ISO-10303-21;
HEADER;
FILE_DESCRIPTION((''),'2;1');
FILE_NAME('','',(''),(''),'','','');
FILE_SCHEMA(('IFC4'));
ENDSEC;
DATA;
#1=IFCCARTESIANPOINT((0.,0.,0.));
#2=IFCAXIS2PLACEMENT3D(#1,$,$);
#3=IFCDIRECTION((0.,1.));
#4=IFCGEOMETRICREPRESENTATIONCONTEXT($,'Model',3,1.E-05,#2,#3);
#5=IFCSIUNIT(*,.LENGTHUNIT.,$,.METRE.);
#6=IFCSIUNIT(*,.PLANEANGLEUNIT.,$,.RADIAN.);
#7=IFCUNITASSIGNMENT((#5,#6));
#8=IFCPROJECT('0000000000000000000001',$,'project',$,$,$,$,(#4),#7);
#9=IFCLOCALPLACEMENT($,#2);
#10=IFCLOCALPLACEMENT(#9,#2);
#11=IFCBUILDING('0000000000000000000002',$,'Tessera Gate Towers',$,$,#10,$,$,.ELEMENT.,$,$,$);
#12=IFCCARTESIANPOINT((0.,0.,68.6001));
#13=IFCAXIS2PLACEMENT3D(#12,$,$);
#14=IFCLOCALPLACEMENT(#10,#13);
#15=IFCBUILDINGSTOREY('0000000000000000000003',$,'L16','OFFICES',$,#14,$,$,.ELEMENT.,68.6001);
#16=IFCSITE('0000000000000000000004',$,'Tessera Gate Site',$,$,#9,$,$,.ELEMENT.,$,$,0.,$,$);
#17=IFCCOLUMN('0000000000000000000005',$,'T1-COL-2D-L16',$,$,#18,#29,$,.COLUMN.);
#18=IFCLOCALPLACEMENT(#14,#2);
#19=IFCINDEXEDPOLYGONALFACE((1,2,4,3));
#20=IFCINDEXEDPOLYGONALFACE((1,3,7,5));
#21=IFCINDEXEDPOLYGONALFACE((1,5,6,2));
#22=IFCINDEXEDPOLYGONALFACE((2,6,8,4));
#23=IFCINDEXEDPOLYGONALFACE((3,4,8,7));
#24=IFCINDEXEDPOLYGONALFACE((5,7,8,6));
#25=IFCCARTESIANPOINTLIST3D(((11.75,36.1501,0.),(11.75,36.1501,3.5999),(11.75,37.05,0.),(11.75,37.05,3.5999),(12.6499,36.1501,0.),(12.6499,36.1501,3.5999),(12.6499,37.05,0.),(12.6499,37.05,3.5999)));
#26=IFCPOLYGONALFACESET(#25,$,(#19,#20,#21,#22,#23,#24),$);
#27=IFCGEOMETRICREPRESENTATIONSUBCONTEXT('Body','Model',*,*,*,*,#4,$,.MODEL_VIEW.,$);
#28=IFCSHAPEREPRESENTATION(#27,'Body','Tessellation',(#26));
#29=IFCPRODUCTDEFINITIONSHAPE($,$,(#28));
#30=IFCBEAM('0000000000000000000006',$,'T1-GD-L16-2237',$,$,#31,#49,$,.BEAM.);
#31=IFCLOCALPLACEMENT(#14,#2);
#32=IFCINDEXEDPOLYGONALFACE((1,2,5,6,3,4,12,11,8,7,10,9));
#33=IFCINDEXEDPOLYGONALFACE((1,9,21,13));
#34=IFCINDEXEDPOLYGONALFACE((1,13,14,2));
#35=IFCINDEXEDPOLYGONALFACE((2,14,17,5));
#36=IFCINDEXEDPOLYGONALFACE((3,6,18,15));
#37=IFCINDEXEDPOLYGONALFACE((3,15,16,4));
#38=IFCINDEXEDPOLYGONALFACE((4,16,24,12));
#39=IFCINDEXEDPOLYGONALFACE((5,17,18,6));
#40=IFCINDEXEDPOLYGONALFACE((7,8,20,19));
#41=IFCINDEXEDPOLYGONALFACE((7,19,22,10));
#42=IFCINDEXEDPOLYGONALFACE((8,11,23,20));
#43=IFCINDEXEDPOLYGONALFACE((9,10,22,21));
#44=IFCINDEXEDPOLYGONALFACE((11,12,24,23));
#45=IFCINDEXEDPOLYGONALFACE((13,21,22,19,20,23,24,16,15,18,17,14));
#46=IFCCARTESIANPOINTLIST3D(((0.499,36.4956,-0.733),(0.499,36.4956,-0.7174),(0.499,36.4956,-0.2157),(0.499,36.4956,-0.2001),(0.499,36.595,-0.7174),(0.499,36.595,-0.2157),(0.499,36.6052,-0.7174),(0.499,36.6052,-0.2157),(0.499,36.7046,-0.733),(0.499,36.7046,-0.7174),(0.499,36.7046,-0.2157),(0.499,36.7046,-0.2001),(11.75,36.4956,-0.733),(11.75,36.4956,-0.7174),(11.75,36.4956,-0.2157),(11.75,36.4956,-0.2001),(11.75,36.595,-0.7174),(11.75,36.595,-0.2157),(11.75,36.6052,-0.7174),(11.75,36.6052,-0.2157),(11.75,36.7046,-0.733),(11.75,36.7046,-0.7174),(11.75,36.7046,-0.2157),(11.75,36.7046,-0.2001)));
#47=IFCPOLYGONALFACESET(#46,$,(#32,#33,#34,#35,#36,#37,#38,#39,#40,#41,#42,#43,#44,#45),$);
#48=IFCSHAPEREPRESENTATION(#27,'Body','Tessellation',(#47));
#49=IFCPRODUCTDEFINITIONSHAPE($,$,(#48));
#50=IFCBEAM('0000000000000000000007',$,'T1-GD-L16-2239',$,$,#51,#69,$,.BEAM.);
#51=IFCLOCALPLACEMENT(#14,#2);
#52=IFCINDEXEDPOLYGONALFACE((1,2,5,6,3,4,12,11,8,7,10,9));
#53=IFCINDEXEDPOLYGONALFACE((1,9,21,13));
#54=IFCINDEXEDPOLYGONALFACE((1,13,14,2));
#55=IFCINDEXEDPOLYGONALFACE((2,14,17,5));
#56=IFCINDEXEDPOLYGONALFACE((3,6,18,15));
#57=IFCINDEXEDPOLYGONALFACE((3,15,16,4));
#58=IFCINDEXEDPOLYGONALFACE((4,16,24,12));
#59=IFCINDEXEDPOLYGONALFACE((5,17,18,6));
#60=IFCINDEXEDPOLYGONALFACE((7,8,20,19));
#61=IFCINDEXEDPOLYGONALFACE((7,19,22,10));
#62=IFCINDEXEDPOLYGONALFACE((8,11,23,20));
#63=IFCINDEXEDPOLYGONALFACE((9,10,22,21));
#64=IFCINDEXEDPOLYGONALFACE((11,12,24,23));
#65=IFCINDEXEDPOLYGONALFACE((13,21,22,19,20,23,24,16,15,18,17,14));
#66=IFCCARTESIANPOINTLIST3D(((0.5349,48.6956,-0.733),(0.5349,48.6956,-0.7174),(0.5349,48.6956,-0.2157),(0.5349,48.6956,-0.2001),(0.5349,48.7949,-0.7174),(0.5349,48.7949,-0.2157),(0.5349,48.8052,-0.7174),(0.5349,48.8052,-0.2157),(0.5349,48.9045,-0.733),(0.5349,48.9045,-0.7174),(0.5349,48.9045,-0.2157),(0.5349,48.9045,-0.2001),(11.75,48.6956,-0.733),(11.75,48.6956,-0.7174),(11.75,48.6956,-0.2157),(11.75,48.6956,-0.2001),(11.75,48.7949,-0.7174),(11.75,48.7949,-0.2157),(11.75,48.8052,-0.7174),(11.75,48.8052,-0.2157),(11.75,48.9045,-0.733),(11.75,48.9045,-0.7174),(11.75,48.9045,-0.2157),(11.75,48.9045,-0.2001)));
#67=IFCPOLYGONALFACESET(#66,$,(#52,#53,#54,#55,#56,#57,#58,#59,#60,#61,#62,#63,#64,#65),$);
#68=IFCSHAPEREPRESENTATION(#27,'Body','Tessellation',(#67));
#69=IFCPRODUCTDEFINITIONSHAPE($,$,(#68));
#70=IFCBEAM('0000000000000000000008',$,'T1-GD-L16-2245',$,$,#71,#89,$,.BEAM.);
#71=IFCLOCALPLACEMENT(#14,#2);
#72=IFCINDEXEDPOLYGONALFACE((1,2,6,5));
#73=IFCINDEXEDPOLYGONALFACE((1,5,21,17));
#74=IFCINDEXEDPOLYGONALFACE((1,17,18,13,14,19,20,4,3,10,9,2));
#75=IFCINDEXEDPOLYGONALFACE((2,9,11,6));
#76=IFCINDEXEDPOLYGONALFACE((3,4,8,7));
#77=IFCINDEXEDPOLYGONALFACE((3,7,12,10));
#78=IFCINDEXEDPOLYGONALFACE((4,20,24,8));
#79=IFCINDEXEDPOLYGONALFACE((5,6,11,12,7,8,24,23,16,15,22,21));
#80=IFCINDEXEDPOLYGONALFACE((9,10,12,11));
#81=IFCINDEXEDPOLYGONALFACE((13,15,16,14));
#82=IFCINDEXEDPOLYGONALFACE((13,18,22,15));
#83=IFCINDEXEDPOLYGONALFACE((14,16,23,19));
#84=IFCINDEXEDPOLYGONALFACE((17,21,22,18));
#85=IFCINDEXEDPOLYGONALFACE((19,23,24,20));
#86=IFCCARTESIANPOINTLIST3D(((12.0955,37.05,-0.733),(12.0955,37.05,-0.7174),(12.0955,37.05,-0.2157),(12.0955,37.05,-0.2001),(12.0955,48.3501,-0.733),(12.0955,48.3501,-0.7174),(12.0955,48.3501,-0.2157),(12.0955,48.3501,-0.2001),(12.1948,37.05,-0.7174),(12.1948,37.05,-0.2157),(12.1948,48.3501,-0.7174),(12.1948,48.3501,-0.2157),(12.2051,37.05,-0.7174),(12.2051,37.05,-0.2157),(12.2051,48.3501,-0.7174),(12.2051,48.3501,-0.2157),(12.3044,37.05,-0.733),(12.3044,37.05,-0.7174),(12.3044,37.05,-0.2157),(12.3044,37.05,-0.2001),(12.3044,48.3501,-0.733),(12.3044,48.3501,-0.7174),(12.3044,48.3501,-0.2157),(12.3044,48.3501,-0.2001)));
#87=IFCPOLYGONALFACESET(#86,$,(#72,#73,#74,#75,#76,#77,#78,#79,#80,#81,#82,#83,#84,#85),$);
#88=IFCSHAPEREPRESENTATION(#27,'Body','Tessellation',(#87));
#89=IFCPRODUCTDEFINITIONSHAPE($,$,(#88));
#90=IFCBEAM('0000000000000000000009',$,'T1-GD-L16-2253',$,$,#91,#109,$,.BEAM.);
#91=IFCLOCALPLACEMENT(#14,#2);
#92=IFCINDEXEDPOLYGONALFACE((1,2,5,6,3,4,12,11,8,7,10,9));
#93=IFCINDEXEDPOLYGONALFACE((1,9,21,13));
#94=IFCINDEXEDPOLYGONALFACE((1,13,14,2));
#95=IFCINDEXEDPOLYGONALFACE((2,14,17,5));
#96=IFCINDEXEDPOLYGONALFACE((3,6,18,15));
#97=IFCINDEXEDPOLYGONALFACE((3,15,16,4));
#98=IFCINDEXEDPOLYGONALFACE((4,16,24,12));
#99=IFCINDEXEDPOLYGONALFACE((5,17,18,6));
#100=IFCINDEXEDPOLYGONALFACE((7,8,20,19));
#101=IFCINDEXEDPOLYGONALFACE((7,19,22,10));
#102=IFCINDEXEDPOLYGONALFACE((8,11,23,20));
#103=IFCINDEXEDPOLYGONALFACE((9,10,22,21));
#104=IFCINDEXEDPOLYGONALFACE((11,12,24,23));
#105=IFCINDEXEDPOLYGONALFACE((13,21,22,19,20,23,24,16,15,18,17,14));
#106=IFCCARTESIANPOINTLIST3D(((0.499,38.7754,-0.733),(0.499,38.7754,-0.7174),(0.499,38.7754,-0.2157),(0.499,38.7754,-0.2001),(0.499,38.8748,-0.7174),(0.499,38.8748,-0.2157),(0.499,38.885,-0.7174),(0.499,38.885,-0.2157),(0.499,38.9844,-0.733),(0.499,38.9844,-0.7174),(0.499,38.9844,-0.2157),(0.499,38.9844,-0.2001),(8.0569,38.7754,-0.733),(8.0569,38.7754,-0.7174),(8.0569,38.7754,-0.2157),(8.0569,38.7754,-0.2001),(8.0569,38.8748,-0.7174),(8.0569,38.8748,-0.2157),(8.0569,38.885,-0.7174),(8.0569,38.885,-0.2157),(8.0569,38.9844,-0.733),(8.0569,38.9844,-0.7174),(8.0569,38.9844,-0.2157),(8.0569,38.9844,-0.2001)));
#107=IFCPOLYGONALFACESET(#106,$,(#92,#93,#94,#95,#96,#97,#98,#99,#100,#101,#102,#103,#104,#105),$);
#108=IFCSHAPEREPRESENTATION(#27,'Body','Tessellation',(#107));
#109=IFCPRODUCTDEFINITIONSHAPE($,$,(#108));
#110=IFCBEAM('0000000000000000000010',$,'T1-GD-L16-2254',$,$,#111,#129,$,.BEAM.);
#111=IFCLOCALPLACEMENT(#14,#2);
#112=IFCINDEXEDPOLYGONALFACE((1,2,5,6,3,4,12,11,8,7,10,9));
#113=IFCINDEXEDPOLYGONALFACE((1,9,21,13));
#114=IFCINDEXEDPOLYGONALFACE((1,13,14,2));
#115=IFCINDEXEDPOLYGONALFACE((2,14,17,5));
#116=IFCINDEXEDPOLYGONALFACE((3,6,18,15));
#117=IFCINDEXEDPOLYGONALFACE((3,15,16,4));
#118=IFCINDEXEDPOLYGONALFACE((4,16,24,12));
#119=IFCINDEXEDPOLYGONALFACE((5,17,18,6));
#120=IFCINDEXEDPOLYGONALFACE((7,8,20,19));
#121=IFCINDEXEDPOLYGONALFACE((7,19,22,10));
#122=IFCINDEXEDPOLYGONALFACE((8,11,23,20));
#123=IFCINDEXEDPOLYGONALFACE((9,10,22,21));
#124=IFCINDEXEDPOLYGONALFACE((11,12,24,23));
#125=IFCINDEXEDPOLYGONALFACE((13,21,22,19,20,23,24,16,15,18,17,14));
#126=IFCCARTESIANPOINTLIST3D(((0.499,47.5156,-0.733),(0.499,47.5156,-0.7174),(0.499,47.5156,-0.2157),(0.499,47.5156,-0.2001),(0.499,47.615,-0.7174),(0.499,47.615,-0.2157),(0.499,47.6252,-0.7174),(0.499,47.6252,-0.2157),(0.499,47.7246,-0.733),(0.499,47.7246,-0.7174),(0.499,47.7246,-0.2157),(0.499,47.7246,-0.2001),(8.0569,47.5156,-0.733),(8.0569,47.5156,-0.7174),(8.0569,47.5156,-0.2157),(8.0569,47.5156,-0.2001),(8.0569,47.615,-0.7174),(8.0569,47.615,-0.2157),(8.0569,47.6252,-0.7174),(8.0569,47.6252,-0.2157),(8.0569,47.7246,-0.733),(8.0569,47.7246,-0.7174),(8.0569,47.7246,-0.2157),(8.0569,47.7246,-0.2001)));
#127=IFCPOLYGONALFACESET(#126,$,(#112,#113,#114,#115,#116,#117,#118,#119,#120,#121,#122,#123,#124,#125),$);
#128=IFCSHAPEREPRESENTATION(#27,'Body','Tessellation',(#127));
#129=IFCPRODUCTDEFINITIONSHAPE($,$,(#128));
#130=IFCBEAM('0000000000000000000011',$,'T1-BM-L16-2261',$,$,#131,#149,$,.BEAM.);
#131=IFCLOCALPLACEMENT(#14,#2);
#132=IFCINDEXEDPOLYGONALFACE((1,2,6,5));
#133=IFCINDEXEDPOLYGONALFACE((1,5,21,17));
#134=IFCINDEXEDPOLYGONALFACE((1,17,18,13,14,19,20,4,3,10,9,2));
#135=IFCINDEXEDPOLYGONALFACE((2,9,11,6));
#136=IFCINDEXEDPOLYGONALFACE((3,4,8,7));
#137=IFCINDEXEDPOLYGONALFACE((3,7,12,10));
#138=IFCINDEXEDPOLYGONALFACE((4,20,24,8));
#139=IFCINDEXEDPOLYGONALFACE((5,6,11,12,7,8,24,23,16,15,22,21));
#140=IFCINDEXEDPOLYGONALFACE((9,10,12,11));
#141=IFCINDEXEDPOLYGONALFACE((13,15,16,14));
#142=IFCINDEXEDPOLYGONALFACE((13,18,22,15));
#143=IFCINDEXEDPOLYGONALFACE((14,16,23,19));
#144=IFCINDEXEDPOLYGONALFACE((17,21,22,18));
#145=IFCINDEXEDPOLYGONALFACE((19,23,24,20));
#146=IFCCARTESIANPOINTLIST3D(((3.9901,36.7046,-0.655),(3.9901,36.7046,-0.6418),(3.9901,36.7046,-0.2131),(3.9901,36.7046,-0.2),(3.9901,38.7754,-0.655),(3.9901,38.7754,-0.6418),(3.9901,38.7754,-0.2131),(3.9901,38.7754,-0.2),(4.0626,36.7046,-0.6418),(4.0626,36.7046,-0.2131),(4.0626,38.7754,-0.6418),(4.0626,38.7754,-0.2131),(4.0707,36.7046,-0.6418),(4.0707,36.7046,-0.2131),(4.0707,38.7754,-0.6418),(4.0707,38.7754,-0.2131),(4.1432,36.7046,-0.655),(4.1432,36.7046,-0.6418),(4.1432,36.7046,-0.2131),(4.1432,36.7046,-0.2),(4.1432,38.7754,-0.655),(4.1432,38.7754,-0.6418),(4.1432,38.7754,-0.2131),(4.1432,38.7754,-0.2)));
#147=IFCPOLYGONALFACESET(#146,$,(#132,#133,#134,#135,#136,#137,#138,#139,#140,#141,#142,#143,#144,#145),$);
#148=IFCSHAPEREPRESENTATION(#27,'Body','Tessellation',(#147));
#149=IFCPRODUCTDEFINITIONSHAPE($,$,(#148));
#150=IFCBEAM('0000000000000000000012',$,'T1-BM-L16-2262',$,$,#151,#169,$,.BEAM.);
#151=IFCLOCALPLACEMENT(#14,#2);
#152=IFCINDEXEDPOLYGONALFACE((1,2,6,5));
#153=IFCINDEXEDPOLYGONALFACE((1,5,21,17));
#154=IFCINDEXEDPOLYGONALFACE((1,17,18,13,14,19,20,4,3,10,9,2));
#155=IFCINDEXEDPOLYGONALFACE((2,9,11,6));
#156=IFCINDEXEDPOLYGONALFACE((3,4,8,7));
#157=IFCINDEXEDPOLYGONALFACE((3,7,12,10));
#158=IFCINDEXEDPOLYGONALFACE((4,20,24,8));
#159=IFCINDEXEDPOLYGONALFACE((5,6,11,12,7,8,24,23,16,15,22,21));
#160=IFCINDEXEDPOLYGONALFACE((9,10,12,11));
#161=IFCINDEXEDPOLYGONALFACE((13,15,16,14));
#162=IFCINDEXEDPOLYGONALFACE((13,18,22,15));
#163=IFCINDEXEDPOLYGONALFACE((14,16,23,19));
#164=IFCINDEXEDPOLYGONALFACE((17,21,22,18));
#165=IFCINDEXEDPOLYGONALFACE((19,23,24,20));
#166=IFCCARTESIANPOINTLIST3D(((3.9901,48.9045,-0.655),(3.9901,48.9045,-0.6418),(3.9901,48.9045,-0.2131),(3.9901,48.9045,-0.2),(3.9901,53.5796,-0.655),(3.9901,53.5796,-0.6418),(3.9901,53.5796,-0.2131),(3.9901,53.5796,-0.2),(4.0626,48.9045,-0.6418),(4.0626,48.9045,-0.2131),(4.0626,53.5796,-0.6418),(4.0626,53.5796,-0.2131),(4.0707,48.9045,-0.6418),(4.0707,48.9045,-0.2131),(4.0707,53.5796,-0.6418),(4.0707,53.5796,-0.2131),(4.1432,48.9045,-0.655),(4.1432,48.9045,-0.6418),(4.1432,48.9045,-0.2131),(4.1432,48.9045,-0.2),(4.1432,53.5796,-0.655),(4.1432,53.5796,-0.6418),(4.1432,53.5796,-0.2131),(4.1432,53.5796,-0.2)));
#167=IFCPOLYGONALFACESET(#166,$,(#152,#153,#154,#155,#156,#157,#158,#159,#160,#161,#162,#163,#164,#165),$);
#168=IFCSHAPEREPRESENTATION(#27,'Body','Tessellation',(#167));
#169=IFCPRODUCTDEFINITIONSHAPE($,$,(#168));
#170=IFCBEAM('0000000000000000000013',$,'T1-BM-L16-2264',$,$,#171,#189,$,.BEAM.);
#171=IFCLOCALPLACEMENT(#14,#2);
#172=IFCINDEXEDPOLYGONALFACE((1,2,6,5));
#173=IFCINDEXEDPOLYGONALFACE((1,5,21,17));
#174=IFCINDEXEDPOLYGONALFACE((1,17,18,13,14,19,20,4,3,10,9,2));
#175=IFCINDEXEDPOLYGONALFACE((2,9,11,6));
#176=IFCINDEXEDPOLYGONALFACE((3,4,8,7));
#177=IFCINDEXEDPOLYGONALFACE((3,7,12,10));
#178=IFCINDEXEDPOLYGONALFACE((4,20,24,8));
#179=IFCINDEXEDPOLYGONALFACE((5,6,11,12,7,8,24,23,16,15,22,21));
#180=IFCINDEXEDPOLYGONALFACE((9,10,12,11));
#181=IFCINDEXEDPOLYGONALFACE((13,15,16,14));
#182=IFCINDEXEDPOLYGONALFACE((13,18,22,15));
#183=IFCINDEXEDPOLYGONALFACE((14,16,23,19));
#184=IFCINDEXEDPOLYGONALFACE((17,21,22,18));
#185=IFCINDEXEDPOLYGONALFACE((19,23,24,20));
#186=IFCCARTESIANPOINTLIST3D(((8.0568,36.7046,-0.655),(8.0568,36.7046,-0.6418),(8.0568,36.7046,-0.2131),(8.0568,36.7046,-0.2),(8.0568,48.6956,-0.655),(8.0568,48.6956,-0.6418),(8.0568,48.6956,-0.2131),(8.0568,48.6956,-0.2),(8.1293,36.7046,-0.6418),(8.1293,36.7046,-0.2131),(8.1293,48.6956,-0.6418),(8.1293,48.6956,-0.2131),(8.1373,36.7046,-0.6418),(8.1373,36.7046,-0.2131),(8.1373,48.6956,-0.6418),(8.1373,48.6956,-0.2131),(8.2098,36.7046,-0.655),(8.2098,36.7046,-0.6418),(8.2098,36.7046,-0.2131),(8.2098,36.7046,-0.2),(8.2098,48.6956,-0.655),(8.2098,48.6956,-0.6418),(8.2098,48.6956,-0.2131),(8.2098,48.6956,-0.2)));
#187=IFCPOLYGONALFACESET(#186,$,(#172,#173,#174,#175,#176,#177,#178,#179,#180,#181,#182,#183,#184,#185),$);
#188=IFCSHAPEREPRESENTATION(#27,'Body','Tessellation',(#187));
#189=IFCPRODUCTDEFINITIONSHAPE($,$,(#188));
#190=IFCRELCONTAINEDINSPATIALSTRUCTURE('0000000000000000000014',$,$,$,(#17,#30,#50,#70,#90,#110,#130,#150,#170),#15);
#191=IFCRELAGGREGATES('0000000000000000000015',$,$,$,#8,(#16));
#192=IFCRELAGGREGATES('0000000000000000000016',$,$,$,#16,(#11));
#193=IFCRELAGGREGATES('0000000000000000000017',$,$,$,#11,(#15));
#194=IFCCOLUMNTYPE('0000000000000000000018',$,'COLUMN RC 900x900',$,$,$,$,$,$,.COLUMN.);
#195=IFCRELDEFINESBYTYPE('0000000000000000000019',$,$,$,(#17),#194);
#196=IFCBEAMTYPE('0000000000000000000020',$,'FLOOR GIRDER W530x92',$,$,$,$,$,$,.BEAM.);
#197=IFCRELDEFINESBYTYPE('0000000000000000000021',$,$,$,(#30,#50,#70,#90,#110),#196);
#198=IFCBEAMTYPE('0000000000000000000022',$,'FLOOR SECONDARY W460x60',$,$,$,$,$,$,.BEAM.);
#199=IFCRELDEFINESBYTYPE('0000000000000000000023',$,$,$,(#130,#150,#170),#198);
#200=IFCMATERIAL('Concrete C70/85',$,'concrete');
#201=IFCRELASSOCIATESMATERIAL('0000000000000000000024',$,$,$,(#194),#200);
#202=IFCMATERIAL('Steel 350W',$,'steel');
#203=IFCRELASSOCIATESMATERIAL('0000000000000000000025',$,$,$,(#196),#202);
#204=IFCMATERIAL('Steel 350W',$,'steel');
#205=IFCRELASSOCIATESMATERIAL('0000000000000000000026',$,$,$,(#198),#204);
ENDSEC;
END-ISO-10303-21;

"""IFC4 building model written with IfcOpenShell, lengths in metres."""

from ifc_helpers import new_model, si_unit, direction, frame, origin, origin_2d, place, context, subcontext, project, spatial, rectangle, i_section, extrude, material, material_profile, profile_set, type_object, element, save


model = new_model("IFC4")

# Units and contexts
model_context = context("Model", 3, precision=1e-05, world=origin(), true_north=direction((0.0, 1.0)))
body_context = subcontext(model_context, "Body", "Model", "MODEL_VIEW")
ifc_project = project(units=[si_unit("LENGTHUNIT", "METRE"), si_unit("PLANEANGLEUNIT", "RADIAN")], contexts=[model_context])

# Site, building, storey
site_placement = place(None, origin())
site = spatial("IfcSite", under=ifc_project, at=site_placement, Name="Tessera Gate Site", CompositionType="ELEMENT", RefElevation=0.0)
building_placement = place(site_placement, origin())
building = spatial("IfcBuilding", under=site, at=building_placement, Name="Tessera Gate Towers", CompositionType="ELEMENT")
storey_placement = place(building_placement, frame((0.0, 0.0, 68.6001)))
storey = spatial("IfcBuildingStorey", under=building, at=storey_placement, Name="L16", Description="OFFICES", CompositionType="ELEMENT", Elevation=68.6001)

# Column
ifc_material_1 = material(Name="Concrete C70/85", Category="concrete")
ifc_material_profile_1 = material_profile(ifc_material_1, rectangle(XDim=0.8999, YDim=0.8999, at=origin_2d()), Name="RC 900x900")
ifc_profile_set_1 = profile_set([ifc_material_profile_1], Name="Concrete C70/85")
column_type = type_object("IfcColumnType", Name="COLUMN RC 900x900", PredefinedType="COLUMN", material=ifc_profile_set_1)
column_placement = place(storey_placement, frame((12.2, 36.6001, 0.0), z_axis=(0.0, 0.0, 1.0), x_axis=(1.0, 0.0, 0.0)))
element("IfcColumn", 1, at=column_placement, inside=storey, type_object=column_type, Name="T1-COL-2D-L16", PredefinedType="COLUMN", context=body_context, shape_type="SweptSolid", body=[
    extrude(rectangle(XDim=0.8999, YDim=0.8999, at=origin_2d()), origin(), (0.0, 0.0, 1.0), 3.5999),
])

# Beams
ifc_material_2 = material(Name="Steel 350W", Category="steel")
ifc_material_profile_2 = material_profile(ifc_material_2, i_section(OverallWidth=0.209, OverallDepth=0.533, WebThickness=0.0103, FlangeThickness=0.0156, at=origin_2d()), Name="W530x92")
ifc_profile_set_2 = profile_set([ifc_material_profile_2], Name="Steel 350W")
beam_type_1 = type_object("IfcBeamType", Name="FLOOR GIRDER W530x92", PredefinedType="BEAM", material=ifc_profile_set_2)
beam_1_placement = place(storey_placement, frame((0.499, 36.6001, -0.4666), z_axis=(1.0, 0.0, 0.0), x_axis=(0.0, 1.0, 0.0)))
element("IfcBeam", 2, at=beam_1_placement, inside=storey, type_object=beam_type_1, Name="T1-GD-L16-2237", PredefinedType="BEAM", context=body_context, shape_type="SweptSolid", body=[
    extrude(i_section(OverallWidth=0.209, OverallDepth=0.533, WebThickness=0.0103, FlangeThickness=0.0156, at=origin_2d()), origin(), (0.0, 0.0, 1.0), 11.251),
])
beam_2_placement = place(storey_placement, frame((0.5349, 48.8, -0.4666), z_axis=(1.0, 0.0, 0.0), x_axis=(0.0, 1.0, 0.0)))
element("IfcBeam", 3, at=beam_2_placement, inside=storey, type_object=beam_type_1, Name="T1-GD-L16-2239", PredefinedType="BEAM", context=body_context, shape_type="SweptSolid", body=[
    extrude(i_section(OverallWidth=0.209, OverallDepth=0.533, WebThickness=0.0103, FlangeThickness=0.0156, at=origin_2d()), origin(), (0.0, 0.0, 1.0), 11.2151),
])
beam_3_placement = place(storey_placement, frame((12.2, 37.05, -0.4666), z_axis=(0.0, 1.0, 0.0), x_axis=(-1.0, 0.0, 0.0)))
element("IfcBeam", 4, at=beam_3_placement, inside=storey, type_object=beam_type_1, Name="T1-GD-L16-2245", PredefinedType="BEAM", context=body_context, shape_type="SweptSolid", body=[
    extrude(i_section(OverallWidth=0.209, OverallDepth=0.533, WebThickness=0.0103, FlangeThickness=0.0156, at=origin_2d()), origin(), (0.0, 0.0, 1.0), 11.3),
])
for number, where, z_axis, x_axis, name in (
    (5, (0.499, 38.8799, -0.4666), (1.0, 0.0, 0.0), (0.0, 1.0, 0.0), "T1-GD-L16-2253"),
    (6, (0.499, 47.6201, -0.4666), (1.0, 0.0, 0.0), (0.0, 1.0, 0.0), "T1-GD-L16-2254"),
):
    element("IfcBeam", number, at=place(storey_placement, frame(where, z_axis=z_axis, x_axis=x_axis)), inside=storey, type_object=beam_type_1, Name=name, PredefinedType="BEAM", context=body_context, shape_type="SweptSolid", body=[
        extrude(i_section(OverallWidth=0.209, OverallDepth=0.533, WebThickness=0.0103, FlangeThickness=0.0156, at=origin_2d()), origin(), (0.0, 0.0, 1.0), 7.5579),
    ])
ifc_material_3 = material(Name="Steel 350W", Category="steel")
ifc_material_profile_3 = material_profile(ifc_material_3, i_section(OverallWidth=0.1531, OverallDepth=0.4551, WebThickness=0.0081, FlangeThickness=0.0132, at=origin_2d()), Name="W460x60")
ifc_profile_set_3 = profile_set([ifc_material_profile_3], Name="Steel 350W")
beam_type_2 = type_object("IfcBeamType", Name="FLOOR SECONDARY W460x60", PredefinedType="BEAM", material=ifc_profile_set_3)
beam_4_placement = place(storey_placement, frame((4.0667, 36.7046, -0.4275), z_axis=(0.0, 1.0, 0.0), x_axis=(-1.0, 0.0, 0.0)))
element("IfcBeam", 7, at=beam_4_placement, inside=storey, type_object=beam_type_2, Name="T1-BM-L16-2261", PredefinedType="BEAM", context=body_context, shape_type="SweptSolid", body=[
    extrude(i_section(OverallWidth=0.1531, OverallDepth=0.4551, WebThickness=0.0081, FlangeThickness=0.0132, at=origin_2d()), origin(), (0.0, 0.0, 1.0), 2.0708),
])
beam_5_placement = place(storey_placement, frame((4.0667, 48.9045, -0.4275), z_axis=(0.0, 1.0, 0.0), x_axis=(-1.0, 0.0, 0.0)))
element("IfcBeam", 8, at=beam_5_placement, inside=storey, type_object=beam_type_2, Name="T1-BM-L16-2262", PredefinedType="BEAM", context=body_context, shape_type="SweptSolid", body=[
    extrude(i_section(OverallWidth=0.1531, OverallDepth=0.4551, WebThickness=0.0081, FlangeThickness=0.0132, at=origin_2d()), origin(), (0.0, 0.0, 1.0), 4.675),
])
beam_6_placement = place(storey_placement, frame((8.1333, 36.7046, -0.4275), z_axis=(0.0, 1.0, 0.0), x_axis=(-1.0, 0.0, 0.0)))
element("IfcBeam", 9, at=beam_6_placement, inside=storey, type_object=beam_type_2, Name="T1-BM-L16-2264", PredefinedType="BEAM", context=body_context, shape_type="SweptSolid", body=[
    extrude(i_section(OverallWidth=0.1531, OverallDepth=0.4551, WebThickness=0.0081, FlangeThickness=0.0132, at=origin_2d()), origin(), (0.0, 0.0, 1.0), 11.991),
])

save(model, "model.ifc")
